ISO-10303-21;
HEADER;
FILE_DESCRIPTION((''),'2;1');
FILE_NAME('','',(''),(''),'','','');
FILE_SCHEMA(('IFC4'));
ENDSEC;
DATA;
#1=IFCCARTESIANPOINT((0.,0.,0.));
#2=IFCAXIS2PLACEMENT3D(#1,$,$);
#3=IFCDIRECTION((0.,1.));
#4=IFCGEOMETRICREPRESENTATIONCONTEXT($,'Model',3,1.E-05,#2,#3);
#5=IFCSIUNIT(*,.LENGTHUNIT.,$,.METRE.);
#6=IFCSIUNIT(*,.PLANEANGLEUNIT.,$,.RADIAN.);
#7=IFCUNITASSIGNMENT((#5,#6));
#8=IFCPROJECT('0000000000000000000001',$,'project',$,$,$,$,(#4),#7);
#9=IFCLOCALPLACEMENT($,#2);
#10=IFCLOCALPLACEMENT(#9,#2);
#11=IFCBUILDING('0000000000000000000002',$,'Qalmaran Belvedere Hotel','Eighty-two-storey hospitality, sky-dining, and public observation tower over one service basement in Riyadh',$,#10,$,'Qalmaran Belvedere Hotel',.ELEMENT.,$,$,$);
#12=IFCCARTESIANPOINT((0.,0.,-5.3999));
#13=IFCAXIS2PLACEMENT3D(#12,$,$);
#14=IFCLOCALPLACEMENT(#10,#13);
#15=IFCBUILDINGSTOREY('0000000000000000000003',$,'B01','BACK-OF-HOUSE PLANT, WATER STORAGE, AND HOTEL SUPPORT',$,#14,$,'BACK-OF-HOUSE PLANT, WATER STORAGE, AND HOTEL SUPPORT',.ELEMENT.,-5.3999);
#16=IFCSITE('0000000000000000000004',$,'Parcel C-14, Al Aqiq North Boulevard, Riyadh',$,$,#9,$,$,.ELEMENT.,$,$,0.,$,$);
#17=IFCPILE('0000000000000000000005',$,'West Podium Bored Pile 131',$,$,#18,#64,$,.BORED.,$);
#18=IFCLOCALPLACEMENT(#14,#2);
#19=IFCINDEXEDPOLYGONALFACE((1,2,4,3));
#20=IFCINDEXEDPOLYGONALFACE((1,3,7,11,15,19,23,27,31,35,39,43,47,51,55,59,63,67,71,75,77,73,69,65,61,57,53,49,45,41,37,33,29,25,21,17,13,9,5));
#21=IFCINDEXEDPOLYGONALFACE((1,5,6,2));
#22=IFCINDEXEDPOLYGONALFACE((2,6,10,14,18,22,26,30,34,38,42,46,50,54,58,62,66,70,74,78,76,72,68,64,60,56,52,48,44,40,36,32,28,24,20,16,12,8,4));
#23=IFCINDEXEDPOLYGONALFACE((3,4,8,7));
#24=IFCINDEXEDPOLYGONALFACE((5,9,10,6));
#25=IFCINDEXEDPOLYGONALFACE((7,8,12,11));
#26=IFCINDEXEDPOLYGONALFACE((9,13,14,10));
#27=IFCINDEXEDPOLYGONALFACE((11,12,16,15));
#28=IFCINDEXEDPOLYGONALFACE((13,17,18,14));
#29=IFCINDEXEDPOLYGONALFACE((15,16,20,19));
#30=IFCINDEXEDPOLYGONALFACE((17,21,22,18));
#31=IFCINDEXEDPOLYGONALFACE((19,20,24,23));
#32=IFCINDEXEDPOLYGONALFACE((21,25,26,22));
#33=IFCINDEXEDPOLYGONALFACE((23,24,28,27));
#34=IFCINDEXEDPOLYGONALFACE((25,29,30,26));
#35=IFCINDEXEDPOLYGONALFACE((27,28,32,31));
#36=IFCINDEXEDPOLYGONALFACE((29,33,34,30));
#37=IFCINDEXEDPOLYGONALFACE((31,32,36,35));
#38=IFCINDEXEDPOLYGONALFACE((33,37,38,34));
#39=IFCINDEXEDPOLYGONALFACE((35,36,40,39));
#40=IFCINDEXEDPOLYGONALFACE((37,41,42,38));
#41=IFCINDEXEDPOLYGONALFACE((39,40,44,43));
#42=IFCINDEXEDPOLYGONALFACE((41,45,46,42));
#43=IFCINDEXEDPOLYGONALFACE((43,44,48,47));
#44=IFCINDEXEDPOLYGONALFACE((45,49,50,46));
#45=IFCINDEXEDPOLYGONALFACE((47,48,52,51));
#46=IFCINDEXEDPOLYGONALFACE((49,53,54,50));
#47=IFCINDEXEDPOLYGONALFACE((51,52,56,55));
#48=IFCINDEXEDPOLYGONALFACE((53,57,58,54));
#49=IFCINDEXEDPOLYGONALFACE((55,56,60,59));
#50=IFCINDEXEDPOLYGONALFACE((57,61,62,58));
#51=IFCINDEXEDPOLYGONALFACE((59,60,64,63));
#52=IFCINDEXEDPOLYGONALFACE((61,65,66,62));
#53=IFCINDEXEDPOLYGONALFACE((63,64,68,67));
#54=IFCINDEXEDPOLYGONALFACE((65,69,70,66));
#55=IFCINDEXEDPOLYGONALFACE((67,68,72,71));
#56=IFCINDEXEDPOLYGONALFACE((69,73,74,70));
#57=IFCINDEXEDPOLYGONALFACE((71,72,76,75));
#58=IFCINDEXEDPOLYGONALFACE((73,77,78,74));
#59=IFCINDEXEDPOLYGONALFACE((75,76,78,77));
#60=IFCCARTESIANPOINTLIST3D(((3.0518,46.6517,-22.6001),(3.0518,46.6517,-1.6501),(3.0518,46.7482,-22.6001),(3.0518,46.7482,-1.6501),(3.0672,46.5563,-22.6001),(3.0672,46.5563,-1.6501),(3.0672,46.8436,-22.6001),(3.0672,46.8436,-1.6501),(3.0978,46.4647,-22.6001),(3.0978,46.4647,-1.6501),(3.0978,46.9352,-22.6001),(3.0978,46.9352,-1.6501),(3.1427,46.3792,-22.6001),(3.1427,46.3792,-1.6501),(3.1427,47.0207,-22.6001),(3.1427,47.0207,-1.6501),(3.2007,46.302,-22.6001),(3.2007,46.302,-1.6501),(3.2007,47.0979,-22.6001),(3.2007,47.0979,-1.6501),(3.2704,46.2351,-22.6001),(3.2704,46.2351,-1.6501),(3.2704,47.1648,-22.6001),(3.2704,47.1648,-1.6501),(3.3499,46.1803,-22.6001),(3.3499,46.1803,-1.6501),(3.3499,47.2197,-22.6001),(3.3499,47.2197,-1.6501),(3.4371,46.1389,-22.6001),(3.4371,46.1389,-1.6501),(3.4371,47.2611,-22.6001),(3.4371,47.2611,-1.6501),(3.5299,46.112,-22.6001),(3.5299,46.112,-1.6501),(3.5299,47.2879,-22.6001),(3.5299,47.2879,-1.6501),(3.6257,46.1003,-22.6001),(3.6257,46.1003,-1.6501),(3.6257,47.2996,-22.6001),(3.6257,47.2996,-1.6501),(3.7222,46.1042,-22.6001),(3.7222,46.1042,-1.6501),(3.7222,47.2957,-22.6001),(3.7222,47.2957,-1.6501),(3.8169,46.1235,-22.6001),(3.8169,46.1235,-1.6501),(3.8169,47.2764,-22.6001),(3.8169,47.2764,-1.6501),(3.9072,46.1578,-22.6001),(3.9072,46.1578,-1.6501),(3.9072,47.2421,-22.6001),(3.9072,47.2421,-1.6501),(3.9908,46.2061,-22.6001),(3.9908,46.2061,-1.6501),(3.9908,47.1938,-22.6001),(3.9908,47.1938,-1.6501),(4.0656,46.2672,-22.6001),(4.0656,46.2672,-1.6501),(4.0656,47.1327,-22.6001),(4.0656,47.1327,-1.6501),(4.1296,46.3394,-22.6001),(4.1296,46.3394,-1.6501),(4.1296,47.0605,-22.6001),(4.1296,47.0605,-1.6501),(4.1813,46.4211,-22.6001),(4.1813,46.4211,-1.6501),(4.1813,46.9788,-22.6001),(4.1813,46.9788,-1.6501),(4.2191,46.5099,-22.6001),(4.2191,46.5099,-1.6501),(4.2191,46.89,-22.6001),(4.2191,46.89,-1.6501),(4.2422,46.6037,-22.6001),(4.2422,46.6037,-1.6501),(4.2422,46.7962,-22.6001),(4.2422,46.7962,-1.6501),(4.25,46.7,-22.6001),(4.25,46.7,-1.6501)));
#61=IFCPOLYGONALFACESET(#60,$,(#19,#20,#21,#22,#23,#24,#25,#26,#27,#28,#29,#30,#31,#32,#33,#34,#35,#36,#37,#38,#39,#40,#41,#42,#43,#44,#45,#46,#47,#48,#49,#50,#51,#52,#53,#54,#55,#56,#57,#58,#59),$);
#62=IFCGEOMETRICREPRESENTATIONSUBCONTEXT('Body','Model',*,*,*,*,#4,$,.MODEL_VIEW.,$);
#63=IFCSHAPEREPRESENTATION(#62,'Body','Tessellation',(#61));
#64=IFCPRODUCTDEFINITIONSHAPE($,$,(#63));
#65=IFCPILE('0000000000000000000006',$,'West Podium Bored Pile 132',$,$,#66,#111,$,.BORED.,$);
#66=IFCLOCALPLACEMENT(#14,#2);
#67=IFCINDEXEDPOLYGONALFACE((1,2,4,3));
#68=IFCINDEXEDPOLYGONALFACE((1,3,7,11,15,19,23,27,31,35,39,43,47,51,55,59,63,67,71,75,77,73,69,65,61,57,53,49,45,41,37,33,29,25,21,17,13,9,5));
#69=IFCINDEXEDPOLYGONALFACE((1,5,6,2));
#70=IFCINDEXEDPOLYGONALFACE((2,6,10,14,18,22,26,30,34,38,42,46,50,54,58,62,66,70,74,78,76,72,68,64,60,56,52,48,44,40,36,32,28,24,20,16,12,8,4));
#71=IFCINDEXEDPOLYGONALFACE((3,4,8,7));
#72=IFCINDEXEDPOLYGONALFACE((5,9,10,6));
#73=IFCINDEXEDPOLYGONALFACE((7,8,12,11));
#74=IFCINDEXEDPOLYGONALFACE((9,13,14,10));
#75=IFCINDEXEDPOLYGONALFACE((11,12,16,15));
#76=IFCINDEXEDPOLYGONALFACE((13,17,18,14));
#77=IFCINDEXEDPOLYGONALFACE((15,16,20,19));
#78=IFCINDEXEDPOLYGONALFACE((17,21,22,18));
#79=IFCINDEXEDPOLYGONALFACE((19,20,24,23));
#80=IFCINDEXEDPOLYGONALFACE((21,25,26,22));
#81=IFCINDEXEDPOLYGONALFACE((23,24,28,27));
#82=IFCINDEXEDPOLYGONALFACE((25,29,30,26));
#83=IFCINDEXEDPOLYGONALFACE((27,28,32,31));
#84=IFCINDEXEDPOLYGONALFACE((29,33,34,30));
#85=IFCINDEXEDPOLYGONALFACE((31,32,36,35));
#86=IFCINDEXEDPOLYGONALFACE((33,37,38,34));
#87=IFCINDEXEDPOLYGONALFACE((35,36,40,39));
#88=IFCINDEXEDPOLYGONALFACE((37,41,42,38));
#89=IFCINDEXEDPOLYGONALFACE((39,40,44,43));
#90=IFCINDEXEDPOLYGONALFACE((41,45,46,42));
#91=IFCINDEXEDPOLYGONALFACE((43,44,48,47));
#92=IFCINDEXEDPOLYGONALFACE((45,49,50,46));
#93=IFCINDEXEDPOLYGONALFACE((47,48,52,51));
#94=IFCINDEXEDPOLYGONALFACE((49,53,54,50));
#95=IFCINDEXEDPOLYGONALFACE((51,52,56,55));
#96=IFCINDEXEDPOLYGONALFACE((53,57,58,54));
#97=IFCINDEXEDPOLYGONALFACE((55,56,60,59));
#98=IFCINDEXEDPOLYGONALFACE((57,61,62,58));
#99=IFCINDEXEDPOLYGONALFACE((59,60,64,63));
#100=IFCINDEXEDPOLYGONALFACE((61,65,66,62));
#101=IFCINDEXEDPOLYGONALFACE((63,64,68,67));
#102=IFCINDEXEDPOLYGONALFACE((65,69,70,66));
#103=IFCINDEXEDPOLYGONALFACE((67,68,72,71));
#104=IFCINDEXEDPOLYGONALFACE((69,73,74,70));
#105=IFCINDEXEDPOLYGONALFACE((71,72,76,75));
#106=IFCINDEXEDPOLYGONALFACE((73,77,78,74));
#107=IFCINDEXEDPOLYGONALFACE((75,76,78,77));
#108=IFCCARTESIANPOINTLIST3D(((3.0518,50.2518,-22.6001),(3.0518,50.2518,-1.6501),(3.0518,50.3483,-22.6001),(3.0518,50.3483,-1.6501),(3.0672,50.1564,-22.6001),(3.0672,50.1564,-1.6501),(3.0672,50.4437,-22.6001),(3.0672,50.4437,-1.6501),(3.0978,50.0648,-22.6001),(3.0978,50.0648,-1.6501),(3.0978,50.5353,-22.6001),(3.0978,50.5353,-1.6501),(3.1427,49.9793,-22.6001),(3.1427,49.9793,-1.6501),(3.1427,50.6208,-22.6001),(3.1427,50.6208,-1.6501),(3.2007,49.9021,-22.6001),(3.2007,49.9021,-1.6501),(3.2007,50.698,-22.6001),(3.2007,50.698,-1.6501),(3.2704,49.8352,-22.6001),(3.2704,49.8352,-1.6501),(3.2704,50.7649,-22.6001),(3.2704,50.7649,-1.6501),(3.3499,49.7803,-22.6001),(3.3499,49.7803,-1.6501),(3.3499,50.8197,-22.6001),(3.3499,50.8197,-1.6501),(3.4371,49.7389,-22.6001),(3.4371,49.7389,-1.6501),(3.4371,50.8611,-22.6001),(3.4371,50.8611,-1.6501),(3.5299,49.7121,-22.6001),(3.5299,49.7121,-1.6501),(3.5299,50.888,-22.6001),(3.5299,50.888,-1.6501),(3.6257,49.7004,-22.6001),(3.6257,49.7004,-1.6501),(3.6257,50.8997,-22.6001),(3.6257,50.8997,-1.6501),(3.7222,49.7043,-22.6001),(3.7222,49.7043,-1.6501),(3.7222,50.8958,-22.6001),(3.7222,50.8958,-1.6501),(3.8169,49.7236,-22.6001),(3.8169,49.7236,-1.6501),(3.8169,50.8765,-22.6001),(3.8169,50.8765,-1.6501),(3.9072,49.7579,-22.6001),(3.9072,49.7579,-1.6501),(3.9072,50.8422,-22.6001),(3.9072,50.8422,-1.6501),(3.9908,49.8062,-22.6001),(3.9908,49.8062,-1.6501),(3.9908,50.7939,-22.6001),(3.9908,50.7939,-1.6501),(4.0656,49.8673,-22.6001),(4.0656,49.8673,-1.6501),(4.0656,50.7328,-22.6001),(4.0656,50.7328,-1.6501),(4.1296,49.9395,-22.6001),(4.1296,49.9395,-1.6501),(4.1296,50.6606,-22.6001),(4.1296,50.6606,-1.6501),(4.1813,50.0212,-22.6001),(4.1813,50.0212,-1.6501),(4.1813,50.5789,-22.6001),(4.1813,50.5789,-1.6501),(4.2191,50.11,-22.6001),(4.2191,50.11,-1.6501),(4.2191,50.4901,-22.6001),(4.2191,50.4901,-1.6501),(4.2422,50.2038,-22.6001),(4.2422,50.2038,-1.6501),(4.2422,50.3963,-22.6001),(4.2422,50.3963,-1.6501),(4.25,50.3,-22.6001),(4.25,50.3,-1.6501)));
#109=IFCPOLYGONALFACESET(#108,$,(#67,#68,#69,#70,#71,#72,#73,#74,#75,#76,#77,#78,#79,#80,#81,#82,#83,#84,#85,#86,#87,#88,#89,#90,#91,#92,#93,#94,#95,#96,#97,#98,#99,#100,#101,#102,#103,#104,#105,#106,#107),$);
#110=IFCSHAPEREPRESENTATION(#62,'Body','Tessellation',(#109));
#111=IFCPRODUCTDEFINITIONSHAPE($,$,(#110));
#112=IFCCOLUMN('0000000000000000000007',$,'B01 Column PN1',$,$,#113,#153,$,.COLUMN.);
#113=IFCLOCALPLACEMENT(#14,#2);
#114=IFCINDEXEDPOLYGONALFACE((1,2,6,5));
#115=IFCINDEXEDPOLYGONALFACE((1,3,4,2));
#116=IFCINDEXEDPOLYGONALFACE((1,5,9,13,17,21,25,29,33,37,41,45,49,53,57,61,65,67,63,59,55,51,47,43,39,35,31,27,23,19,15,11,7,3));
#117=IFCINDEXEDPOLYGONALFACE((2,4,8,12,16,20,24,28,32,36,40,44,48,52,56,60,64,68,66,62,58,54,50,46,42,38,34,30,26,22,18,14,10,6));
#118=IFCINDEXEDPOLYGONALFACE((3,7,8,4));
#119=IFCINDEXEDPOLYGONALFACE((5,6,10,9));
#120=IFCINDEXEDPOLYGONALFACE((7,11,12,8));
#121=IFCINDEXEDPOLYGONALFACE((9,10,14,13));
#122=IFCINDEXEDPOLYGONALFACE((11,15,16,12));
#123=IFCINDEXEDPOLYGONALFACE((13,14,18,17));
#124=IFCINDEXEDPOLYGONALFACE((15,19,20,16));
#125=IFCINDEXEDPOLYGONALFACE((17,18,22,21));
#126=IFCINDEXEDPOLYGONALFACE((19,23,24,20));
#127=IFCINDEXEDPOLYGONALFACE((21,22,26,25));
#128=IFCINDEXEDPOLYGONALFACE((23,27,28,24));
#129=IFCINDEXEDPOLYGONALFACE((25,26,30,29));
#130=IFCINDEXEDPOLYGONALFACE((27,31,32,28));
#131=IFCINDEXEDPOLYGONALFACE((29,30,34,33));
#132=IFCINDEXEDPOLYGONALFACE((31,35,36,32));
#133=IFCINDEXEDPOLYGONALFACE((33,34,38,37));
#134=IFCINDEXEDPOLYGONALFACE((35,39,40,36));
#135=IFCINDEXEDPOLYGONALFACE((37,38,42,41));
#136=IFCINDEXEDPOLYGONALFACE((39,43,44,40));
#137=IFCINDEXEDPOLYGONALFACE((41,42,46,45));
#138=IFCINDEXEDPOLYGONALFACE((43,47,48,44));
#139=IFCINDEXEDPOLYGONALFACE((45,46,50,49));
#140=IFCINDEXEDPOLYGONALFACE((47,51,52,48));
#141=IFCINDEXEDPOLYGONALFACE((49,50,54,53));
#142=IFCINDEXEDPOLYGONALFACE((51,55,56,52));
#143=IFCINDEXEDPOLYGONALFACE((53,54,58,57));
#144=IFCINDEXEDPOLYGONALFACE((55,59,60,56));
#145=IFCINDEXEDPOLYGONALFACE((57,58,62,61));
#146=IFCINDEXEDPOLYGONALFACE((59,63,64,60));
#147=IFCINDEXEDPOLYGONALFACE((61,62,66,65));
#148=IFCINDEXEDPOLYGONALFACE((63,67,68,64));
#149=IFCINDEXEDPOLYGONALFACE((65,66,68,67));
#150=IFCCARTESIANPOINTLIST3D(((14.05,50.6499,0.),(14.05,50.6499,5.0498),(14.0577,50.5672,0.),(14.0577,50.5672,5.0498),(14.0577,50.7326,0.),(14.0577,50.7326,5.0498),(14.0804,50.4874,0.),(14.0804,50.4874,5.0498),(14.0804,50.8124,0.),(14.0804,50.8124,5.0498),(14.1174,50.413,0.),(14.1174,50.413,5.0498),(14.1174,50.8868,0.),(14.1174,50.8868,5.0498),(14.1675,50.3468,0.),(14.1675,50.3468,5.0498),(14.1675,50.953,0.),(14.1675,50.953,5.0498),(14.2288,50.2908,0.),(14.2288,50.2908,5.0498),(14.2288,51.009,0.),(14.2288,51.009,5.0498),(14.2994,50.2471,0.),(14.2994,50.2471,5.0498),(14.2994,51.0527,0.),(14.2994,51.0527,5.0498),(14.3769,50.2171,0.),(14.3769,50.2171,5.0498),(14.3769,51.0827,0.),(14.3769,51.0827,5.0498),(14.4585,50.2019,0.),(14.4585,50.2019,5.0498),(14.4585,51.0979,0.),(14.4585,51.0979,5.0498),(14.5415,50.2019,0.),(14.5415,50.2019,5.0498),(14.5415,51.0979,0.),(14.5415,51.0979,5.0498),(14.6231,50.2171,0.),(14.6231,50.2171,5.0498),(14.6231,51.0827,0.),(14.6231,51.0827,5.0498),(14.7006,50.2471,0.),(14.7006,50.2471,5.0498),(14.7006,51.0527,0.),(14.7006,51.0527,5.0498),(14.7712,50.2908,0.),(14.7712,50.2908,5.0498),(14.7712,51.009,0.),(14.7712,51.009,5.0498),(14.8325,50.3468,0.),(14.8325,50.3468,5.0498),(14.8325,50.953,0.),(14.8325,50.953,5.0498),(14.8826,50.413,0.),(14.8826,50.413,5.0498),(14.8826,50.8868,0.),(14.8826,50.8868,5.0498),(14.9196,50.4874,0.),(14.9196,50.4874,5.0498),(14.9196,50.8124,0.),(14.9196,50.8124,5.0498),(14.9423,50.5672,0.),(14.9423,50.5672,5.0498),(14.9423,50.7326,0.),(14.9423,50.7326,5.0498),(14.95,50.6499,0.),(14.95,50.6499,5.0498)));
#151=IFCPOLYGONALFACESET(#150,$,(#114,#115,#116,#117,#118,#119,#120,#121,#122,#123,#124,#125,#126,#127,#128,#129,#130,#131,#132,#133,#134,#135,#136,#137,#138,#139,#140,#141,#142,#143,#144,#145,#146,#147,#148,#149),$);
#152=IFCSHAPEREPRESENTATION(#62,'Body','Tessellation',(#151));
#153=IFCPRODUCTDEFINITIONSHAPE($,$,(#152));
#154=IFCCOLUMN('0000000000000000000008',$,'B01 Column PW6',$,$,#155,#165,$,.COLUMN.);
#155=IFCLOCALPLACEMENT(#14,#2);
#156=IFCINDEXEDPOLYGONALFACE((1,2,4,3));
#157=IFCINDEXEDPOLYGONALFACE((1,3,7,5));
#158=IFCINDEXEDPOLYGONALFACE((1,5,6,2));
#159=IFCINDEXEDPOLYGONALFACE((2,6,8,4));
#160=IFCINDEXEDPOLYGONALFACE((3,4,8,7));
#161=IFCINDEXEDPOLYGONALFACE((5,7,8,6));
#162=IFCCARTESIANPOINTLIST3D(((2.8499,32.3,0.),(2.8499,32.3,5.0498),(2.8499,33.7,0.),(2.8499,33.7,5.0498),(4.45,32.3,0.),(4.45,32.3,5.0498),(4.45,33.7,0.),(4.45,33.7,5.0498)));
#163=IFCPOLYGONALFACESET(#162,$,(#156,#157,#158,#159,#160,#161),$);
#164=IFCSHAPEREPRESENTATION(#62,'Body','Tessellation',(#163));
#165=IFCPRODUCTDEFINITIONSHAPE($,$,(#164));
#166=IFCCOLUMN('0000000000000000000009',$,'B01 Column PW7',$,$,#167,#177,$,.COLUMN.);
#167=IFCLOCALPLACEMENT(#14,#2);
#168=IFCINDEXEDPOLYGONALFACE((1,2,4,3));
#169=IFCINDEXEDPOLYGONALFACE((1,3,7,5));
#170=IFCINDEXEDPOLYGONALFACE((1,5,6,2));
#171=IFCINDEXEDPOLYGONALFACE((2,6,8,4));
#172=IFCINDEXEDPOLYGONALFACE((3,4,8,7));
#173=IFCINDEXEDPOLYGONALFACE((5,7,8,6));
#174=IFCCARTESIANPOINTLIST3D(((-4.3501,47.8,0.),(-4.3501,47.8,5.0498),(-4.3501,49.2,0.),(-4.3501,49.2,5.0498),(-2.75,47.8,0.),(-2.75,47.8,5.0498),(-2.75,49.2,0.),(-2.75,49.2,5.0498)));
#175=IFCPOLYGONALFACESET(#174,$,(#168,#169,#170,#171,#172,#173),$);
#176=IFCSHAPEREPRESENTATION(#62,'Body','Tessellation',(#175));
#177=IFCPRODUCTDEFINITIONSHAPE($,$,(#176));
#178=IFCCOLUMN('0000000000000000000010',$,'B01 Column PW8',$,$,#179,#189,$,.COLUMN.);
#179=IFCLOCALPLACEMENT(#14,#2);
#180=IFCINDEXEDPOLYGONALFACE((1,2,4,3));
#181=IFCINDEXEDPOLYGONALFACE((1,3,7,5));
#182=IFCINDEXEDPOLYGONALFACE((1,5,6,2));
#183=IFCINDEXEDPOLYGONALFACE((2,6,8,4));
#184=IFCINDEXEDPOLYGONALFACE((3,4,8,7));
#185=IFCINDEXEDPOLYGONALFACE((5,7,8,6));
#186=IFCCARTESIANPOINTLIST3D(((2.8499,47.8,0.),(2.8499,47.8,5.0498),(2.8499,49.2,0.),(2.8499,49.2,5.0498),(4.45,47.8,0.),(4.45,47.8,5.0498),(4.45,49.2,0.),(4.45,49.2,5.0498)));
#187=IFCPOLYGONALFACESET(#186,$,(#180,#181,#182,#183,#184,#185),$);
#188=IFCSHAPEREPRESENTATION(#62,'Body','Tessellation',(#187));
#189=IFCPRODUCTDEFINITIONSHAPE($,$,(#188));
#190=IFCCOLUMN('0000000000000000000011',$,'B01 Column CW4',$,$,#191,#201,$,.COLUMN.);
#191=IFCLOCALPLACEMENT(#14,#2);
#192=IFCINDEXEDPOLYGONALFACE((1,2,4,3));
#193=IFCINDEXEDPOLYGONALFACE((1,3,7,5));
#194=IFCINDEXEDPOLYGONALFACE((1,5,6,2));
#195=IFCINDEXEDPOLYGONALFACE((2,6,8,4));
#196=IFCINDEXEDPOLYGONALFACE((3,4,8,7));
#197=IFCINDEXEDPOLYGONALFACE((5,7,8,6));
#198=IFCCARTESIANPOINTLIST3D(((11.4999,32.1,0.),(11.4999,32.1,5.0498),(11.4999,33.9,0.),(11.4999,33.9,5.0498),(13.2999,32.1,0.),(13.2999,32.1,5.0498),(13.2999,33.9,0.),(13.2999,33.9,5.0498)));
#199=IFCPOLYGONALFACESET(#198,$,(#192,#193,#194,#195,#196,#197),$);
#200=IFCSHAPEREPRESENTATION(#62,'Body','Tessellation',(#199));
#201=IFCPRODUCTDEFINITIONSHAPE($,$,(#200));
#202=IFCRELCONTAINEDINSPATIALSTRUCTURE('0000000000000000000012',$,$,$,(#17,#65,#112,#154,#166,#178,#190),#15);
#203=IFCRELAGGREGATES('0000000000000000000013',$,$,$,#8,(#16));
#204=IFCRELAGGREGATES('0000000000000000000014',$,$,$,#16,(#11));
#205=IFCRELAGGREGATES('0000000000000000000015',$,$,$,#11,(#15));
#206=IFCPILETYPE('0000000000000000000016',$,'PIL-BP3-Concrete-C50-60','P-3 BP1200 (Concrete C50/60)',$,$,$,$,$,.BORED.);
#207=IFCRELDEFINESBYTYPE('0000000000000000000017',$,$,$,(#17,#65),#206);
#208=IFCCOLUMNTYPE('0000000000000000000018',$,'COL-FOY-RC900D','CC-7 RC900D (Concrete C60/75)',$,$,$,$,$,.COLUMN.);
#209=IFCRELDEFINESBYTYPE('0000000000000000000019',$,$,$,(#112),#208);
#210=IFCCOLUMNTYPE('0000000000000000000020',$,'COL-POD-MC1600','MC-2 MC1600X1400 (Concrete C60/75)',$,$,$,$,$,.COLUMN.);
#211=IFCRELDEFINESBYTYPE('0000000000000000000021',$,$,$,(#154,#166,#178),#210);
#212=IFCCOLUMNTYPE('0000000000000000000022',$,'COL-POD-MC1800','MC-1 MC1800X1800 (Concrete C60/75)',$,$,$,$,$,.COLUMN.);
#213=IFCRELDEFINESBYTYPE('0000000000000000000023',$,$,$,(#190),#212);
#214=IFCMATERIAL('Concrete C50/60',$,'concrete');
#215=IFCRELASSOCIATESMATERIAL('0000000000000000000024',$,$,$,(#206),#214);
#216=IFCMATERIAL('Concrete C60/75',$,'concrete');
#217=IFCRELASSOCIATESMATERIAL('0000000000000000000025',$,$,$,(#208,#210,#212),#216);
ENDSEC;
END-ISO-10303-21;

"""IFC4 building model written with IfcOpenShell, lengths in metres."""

from ifc_helpers import new_model, si_unit, direction, frame, origin, origin_2d, place, context, subcontext, project, spatial, rectangle, circle, extrude, material, material_profile, profile_set, type_object, element, save


model = new_model("IFC4")

# Units and contexts
model_context = context("Model", 3, precision=1e-05, world=origin(), true_north=direction((0.0, 1.0)))
body_context = subcontext(model_context, "Body", "Model", "MODEL_VIEW")
ifc_project = project(units=[si_unit("LENGTHUNIT", "METRE"), si_unit("PLANEANGLEUNIT", "RADIAN")], contexts=[model_context])

# Site, building, storey
site_placement = place(None, origin())
site = spatial("IfcSite", under=ifc_project, at=site_placement, Name="Parcel C-14, Al Aqiq North Boulevard, Riyadh", CompositionType="ELEMENT", RefElevation=0.0)
building_placement = place(site_placement, origin())
building = spatial("IfcBuilding", under=site, at=building_placement, Name="Qalmaran Belvedere Hotel", Description="Eighty-two-storey hospitality, sky-dining, and public observation tower over one service basement in Riyadh", LongName="Qalmaran Belvedere Hotel", CompositionType="ELEMENT")
storey_placement = place(building_placement, frame((0.0, 0.0, -5.3999)))
storey = spatial("IfcBuildingStorey", under=building, at=storey_placement, Name="B01", Description="BACK-OF-HOUSE PLANT, WATER STORAGE, AND HOTEL SUPPORT", LongName="BACK-OF-HOUSE PLANT, WATER STORAGE, AND HOTEL SUPPORT", CompositionType="ELEMENT", Elevation=-5.3999)

# Shared definitions
ifc_material_1 = material(Name="Concrete C50/60", Category="concrete")

# Piles
ifc_material_profile_1 = material_profile(ifc_material_1, circle(Radius=0.6001, at=origin_2d()), Name="BP1200")
ifc_profile_set_1 = profile_set([ifc_material_profile_1], Name="Concrete C50/60")
pile_type_1 = type_object("IfcPileType", Name="PIL-BP3-Concrete-C50-60", Description="P-3 BP1200 (Concrete C50/60)", PredefinedType="BORED", material=ifc_profile_set_1)
for number, where, z_axis, x_axis, name in (
    (1, (3.6499, 46.7, -1.6501), (0.0, 0.0, -1.0), (1.0, 0.0, 0.0), "West Podium Bored Pile 131"),
    (2, (3.6499, 50.3, -1.6501), (0.0, 0.0, -1.0), (1.0, 0.0, 0.0), "West Podium Bored Pile 132"),
):
    element("IfcPile", number, at=place(storey_placement, frame(where, z_axis=z_axis, x_axis=x_axis)), inside=storey, type_object=pile_type_1, Name=name, PredefinedType="BORED", context=body_context, shape_type="SweptSolid", body=[
        extrude(circle(Radius=0.6001, at=origin_2d()), origin(), (0.0, 0.0, 1.0), 20.95),
    ])

# Columns
ifc_material_2 = material(Name="Concrete C60/75", Category="concrete")
ifc_material_profile_2 = material_profile(ifc_material_2, circle(Radius=0.45, at=origin_2d()), Name="RC900D")
ifc_profile_set_2 = profile_set([ifc_material_profile_2], Name="Concrete C60/75")
column_type_1 = type_object("IfcColumnType", Name="COL-FOY-RC900D", Description="CC-7 RC900D (Concrete C60/75)", PredefinedType="COLUMN", material=ifc_profile_set_2)
column_1_placement = place(storey_placement, frame((14.5, 50.6499, 0.0), z_axis=(0.0, 0.0, 1.0), x_axis=(1.0, 0.0, 0.0)))
element("IfcColumn", 3, at=column_1_placement, inside=storey, type_object=column_type_1, Name="B01 Column PN1", PredefinedType="COLUMN", context=body_context, shape_type="SweptSolid", body=[
    extrude(circle(Radius=0.45, at=origin_2d()), origin(), (0.0, 0.0, 1.0), 5.0498),
])
ifc_material_profile_3 = material_profile(ifc_material_2, rectangle(XDim=1.6001, YDim=1.3999, at=origin_2d()), Name="MC1600X1400")
ifc_profile_set_3 = profile_set([ifc_material_profile_3], Name="Concrete C60/75")
column_type_2 = type_object("IfcColumnType", Name="COL-POD-MC1600", Description="MC-2 MC1600X1400 (Concrete C60/75)", PredefinedType="COLUMN", material=ifc_profile_set_3)
for number, where, z_axis, x_axis, name in (
    (4, (3.6499, 33.0, 0.0), (0.0, 0.0, 1.0), (1.0, 0.0, 0.0), "B01 Column PW6"),
    (5, (-3.55, 48.5, 0.0), (0.0, 0.0, 1.0), (1.0, 0.0, 0.0), "B01 Column PW7"),
    (6, (3.6499, 48.5, 0.0), (0.0, 0.0, 1.0), (1.0, 0.0, 0.0), "B01 Column PW8"),
):
    element("IfcColumn", number, at=place(storey_placement, frame(where, z_axis=z_axis, x_axis=x_axis)), inside=storey, type_object=column_type_2, Name=name, PredefinedType="COLUMN", context=body_context, shape_type="SweptSolid", body=[
        extrude(rectangle(XDim=1.6001, YDim=1.3999, at=origin_2d()), origin(), (0.0, 0.0, 1.0), 5.0498),
    ])
ifc_material_profile_4 = material_profile(ifc_material_2, rectangle(XDim=1.8, YDim=1.8, at=origin_2d()), Name="MC1800X1800")
ifc_profile_set_4 = profile_set([ifc_material_profile_4], Name="Concrete C60/75")
column_type_3 = type_object("IfcColumnType", Name="COL-POD-MC1800", Description="MC-1 MC1800X1800 (Concrete C60/75)", PredefinedType="COLUMN", material=ifc_profile_set_4)
column_2_placement = place(storey_placement, frame((12.3999, 33.0, 0.0), z_axis=(0.0, 0.0, 1.0), x_axis=(1.0, 0.0, 0.0)))
element("IfcColumn", 7, at=column_2_placement, inside=storey, type_object=column_type_3, Name="B01 Column CW4", PredefinedType="COLUMN", context=body_context, shape_type="SweptSolid", body=[
    extrude(rectangle(XDim=1.8, YDim=1.8, at=origin_2d()), origin(), (0.0, 0.0, 1.0), 5.0498),
])

save(model, "model.ifc")
